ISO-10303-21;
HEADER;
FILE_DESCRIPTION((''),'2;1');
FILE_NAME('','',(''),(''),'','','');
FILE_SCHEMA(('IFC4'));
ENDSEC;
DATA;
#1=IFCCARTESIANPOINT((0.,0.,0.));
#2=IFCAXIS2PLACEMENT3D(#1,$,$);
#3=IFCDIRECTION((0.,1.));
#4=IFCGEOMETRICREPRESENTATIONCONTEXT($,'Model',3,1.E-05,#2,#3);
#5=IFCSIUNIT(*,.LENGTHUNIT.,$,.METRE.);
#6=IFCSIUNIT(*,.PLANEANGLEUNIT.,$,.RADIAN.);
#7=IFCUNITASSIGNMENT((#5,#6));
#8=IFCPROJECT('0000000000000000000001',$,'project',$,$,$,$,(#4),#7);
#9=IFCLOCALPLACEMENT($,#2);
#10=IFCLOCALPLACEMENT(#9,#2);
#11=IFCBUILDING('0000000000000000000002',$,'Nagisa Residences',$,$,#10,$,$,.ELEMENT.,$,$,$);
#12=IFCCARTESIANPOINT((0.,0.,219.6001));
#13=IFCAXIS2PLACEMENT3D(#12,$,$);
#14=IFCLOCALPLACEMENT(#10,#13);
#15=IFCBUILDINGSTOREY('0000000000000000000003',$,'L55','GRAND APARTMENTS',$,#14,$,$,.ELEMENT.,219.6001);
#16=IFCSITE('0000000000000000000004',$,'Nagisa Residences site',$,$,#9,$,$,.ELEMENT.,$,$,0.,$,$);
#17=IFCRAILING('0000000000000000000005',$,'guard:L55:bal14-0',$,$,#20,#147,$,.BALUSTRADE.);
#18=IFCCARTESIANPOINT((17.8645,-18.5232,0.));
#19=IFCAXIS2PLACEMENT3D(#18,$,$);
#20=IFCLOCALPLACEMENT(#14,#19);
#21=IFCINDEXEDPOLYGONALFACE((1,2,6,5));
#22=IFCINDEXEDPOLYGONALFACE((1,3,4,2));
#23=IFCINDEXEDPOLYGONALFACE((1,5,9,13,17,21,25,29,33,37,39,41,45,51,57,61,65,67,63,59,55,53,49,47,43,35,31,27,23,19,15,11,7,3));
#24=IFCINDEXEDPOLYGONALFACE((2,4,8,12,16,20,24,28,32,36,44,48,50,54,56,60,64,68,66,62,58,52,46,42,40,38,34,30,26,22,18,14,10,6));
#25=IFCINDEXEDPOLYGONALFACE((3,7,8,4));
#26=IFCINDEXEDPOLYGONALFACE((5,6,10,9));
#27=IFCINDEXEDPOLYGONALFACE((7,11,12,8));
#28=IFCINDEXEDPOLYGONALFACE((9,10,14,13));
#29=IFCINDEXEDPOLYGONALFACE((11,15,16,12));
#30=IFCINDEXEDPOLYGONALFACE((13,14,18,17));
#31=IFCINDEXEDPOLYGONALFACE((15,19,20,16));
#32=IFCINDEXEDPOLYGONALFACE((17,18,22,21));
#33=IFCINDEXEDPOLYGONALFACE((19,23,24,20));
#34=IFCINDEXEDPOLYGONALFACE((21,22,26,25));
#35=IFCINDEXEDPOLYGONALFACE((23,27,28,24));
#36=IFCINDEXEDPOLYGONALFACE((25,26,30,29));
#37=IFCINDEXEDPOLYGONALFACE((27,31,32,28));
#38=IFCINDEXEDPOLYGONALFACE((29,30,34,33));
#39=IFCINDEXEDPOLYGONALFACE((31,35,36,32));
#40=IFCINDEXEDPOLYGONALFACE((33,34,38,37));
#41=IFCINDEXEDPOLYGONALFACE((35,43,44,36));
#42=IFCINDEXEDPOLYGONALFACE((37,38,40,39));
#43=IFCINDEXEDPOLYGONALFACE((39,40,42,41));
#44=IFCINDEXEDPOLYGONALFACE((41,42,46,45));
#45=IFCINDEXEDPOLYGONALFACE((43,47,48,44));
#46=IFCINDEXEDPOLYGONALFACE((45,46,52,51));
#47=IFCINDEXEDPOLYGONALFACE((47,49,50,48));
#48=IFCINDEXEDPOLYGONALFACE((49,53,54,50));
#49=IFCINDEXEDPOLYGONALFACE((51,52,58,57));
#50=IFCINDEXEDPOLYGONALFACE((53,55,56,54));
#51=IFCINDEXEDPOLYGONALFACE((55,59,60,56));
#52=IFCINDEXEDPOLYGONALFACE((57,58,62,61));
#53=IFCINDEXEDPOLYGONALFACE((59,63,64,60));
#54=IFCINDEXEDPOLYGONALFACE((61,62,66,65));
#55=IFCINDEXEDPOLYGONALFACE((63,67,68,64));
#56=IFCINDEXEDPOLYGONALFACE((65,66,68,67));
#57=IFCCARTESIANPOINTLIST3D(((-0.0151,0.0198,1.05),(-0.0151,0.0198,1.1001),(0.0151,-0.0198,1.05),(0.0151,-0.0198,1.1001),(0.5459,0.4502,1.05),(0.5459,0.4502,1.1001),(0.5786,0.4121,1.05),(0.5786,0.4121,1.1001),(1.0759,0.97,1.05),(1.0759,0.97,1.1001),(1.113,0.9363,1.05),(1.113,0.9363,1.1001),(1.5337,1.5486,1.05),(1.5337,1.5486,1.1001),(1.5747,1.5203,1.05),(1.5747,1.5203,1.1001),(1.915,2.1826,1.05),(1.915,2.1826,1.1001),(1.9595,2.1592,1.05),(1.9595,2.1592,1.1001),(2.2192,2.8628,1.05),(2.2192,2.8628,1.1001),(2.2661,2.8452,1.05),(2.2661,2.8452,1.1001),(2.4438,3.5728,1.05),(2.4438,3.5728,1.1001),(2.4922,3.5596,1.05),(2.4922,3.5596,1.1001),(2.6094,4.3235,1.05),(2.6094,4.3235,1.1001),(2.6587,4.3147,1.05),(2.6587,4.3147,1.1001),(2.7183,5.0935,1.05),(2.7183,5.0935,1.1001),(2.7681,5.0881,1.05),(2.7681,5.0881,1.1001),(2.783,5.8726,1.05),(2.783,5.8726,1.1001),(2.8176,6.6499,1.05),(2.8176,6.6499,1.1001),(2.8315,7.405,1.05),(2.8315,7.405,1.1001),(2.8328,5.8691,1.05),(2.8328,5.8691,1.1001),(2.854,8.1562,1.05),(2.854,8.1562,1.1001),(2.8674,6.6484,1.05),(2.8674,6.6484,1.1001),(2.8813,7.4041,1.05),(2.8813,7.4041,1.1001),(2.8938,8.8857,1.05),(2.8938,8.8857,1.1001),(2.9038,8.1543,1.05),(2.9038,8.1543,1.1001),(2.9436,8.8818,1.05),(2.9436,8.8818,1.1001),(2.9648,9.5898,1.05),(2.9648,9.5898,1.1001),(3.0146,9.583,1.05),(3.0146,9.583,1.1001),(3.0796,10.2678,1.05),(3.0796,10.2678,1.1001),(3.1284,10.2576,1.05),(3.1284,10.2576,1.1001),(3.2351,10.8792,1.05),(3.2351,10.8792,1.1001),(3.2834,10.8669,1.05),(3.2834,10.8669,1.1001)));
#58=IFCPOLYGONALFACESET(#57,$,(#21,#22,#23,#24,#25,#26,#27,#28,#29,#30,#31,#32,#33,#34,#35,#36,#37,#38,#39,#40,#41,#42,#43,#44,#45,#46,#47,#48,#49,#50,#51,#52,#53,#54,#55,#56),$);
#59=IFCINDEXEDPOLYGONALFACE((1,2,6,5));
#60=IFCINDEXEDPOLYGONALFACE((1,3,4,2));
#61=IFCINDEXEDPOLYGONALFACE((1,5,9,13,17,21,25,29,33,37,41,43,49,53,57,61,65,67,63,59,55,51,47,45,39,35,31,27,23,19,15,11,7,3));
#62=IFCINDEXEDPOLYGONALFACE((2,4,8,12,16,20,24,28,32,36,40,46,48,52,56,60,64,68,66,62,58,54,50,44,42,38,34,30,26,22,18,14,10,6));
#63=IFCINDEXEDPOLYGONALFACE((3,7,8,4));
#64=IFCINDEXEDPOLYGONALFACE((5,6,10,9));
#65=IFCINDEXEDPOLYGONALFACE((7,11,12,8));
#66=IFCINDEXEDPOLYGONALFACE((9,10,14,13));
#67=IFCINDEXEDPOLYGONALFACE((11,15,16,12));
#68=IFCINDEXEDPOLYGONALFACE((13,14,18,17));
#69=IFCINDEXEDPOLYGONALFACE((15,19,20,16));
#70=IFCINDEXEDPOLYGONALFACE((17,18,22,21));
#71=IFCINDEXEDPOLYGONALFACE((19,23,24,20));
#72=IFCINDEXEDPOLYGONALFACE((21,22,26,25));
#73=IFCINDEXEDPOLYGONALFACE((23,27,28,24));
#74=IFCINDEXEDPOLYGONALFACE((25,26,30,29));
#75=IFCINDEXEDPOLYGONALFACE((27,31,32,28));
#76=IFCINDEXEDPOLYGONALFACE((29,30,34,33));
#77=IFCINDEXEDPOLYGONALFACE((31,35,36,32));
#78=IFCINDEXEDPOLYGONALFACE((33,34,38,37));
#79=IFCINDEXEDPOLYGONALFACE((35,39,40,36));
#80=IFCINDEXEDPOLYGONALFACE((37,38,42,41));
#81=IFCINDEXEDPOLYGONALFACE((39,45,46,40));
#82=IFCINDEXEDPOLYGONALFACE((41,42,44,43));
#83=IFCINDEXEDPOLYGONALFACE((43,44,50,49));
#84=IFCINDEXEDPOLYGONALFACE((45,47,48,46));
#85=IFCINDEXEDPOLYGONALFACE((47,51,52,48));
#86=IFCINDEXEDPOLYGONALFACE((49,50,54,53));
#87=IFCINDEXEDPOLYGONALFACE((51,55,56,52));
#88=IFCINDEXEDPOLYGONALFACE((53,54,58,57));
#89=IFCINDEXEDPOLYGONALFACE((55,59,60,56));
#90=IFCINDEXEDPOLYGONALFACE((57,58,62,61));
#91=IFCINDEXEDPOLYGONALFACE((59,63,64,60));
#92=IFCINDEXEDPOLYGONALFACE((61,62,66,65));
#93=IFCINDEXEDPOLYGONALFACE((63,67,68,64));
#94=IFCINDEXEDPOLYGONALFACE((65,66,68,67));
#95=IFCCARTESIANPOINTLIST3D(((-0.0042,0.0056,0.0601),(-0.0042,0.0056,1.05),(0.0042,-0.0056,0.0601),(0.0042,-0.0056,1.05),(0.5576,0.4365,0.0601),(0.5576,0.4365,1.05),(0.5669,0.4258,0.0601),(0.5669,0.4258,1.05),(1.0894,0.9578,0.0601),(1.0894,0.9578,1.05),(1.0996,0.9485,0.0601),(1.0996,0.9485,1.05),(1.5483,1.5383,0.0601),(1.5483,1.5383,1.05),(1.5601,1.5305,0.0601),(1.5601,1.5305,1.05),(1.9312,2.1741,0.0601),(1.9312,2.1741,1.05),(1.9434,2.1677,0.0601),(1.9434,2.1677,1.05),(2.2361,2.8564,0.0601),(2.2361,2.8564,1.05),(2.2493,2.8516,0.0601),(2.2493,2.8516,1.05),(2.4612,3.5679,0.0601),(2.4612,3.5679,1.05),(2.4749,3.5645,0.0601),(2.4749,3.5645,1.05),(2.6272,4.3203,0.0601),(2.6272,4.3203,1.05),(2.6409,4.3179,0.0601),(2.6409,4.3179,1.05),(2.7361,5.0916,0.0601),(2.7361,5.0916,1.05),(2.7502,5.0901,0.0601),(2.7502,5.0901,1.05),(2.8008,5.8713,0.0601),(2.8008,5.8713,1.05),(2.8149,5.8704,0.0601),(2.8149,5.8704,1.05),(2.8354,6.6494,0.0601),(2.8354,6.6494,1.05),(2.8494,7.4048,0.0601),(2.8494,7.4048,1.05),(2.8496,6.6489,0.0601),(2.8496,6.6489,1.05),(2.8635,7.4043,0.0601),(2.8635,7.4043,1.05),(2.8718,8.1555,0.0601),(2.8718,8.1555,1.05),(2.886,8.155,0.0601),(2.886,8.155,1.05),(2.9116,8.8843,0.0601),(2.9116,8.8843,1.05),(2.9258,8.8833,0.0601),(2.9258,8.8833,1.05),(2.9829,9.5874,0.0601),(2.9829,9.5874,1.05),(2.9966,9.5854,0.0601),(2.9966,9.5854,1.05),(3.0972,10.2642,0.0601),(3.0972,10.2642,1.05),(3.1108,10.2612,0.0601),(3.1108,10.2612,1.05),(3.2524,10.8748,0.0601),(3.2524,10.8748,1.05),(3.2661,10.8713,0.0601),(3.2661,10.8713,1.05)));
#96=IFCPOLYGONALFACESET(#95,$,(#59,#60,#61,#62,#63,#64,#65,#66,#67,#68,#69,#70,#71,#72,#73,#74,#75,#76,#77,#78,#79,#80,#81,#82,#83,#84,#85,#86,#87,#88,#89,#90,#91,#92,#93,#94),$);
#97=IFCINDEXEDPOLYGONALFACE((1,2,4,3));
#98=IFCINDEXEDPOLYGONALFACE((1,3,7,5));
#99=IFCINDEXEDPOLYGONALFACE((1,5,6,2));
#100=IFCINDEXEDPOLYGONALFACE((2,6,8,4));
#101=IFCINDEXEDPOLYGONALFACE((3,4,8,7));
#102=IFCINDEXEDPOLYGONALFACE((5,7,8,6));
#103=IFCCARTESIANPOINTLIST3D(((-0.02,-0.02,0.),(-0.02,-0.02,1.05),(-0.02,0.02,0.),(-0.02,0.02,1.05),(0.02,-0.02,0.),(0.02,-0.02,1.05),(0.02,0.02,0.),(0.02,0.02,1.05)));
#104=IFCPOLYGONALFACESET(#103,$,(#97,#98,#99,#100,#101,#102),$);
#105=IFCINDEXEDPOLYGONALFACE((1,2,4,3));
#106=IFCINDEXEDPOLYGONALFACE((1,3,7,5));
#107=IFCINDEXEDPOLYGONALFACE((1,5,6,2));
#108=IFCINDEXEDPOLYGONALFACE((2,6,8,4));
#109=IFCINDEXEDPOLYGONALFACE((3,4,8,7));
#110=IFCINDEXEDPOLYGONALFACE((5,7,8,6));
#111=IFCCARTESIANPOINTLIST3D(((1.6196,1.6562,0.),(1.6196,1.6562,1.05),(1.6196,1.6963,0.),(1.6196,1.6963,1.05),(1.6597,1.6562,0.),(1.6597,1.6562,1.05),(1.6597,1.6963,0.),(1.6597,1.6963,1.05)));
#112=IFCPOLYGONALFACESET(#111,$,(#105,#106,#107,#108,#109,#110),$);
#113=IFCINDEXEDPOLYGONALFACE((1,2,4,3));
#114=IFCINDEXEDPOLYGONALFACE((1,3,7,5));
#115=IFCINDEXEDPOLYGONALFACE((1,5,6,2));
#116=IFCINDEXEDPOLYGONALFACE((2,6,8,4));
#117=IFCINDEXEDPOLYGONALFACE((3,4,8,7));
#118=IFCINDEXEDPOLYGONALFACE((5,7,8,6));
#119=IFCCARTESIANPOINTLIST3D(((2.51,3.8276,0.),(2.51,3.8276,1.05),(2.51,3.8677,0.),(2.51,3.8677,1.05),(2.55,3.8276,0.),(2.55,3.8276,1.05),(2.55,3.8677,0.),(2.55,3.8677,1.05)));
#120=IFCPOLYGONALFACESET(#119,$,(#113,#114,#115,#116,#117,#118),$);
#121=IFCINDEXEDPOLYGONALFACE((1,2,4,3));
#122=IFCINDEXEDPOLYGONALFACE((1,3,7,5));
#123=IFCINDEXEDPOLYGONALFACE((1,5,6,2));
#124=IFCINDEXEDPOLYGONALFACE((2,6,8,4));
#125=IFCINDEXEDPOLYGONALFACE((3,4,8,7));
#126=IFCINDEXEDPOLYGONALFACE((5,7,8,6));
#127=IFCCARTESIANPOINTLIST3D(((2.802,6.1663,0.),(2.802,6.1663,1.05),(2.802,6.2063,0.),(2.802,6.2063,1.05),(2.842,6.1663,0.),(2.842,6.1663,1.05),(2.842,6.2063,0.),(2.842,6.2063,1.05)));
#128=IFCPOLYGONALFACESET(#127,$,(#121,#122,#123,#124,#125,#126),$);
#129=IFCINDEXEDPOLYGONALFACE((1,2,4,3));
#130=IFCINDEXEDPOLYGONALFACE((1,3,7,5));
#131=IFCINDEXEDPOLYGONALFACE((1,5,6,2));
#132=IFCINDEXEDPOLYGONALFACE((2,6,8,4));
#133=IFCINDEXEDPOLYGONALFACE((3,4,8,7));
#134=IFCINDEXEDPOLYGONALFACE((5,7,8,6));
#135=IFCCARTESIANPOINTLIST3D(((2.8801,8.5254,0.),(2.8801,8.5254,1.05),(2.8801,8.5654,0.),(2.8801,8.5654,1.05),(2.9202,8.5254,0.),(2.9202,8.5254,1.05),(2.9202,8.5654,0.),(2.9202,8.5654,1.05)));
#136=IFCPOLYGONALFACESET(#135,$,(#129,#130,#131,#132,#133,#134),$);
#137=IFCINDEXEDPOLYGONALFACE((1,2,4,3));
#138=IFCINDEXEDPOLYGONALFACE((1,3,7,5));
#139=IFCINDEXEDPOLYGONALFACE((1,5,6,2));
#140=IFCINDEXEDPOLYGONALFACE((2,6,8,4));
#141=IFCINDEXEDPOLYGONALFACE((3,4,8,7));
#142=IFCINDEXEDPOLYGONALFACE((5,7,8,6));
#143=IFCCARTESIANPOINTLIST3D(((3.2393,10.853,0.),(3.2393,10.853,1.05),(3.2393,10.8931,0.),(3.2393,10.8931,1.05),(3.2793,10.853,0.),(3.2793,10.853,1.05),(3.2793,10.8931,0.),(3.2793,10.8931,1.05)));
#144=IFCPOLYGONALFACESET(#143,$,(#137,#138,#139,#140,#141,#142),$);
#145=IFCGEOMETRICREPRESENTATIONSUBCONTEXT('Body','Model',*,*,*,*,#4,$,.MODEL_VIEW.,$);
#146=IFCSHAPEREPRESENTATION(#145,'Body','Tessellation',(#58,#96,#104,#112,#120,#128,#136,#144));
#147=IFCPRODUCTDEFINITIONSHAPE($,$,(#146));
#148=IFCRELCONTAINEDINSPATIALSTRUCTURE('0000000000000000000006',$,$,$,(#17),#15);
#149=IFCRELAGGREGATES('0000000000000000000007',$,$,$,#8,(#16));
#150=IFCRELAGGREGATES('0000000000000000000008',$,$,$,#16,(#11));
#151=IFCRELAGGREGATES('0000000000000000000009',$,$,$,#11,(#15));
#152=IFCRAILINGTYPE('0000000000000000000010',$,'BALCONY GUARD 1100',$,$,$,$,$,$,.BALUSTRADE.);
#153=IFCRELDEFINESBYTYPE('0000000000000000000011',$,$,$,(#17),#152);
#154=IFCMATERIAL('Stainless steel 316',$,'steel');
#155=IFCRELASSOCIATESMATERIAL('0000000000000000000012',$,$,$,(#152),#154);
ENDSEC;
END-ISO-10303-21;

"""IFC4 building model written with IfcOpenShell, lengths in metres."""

from ifc_helpers import new_model, si_unit, direction, frame, origin, origin_2d, place, context, subcontext, project, spatial, polyline, rectangle, outline, extrude, material, type_object, element, save


model = new_model("IFC4")

# Units and contexts
model_context = context("Model", 3, precision=1e-05, world=origin(), true_north=direction((0.0, 1.0)))
body_context = subcontext(model_context, "Body", "Model", "MODEL_VIEW")
ifc_project = project(units=[si_unit("LENGTHUNIT", "METRE"), si_unit("PLANEANGLEUNIT", "RADIAN")], contexts=[model_context])

# Site, building, storey
site_placement = place(None, origin())
site = spatial("IfcSite", under=ifc_project, at=site_placement, Name="Nagisa Residences site", CompositionType="ELEMENT", RefElevation=0.0)
building_placement = place(site_placement, origin())
building = spatial("IfcBuilding", under=site, at=building_placement, Name="Nagisa Residences", CompositionType="ELEMENT")
storey_placement = place(building_placement, frame((0.0, 0.0, 219.6001)))
storey = spatial("IfcBuildingStorey", under=building, at=storey_placement, Name="L55", Description="GRAND APARTMENTS", CompositionType="ELEMENT", Elevation=219.6001)

# Railing
ifc_material_1 = material(Name="Stainless steel 316", Category="steel")
railing_type = type_object("IfcRailingType", Name="BALCONY GUARD 1100", PredefinedType="BALUSTRADE", material=ifc_material_1)
railing_1_placement = place(storey_placement, frame((17.8645, -18.5232, 0.0)))
element("IfcRailing", 1, at=railing_1_placement, inside=storey, type_object=railing_type, Name="guard:L55:bal14-0", PredefinedType="BALUSTRADE", context=body_context, shape_type="SweptSolid", body=[
    extrude(outline(polyline([(0.5459, 0.4502), (-0.0151, 0.0198), (0.0151, -0.0198), (0.5786, 0.4121), (1.113, 0.9363), (1.5747, 1.5203), (1.9595, 2.1592), (2.2661, 2.8452), (2.4922, 3.5596), (2.6587, 4.3147), (2.7681, 5.0881), (2.8328, 5.8691), (2.8674, 6.6484), (2.8813, 7.4041), (2.9038, 8.1543), (2.9436, 8.8818), (3.0146, 9.583), (3.1284, 10.2576), (3.2834, 10.8669), (3.2351, 10.8792), (3.0796, 10.2678), (2.9648, 9.5898), (2.8938, 8.8857), (2.854, 8.1562), (2.8315, 7.405), (2.8176, 6.6499), (2.783, 5.8726), (2.7183, 5.0935), (2.6094, 4.3235), (2.4438, 3.5728), (2.2192, 2.8628), (1.915, 2.1826), (1.5337, 1.5486), (1.0759, 0.97), (0.5459, 0.4502)])), frame((0.0, 0.0, 1.05)), (0.0, 0.0, 1.0), 0.05),
    extrude(outline(polyline([(0.5576, 0.4365), (-0.0042, 0.0056), (0.0042, -0.0056), (0.5669, 0.4258), (1.0996, 0.9485), (1.5601, 1.5305), (1.9434, 2.1677), (2.2493, 2.8516), (2.4749, 3.5645), (2.6409, 4.3179), (2.7502, 5.0901), (2.8149, 5.8704), (2.8496, 6.6489), (2.8635, 7.4043), (2.886, 8.155), (2.9258, 8.8833), (2.9966, 9.5854), (3.1108, 10.2612), (3.2661, 10.8713), (3.2524, 10.8748), (3.0972, 10.2642), (2.9829, 9.5874), (2.9116, 8.8843), (2.8718, 8.1555), (2.8494, 7.4048), (2.8354, 6.6494), (2.8008, 5.8713), (2.7361, 5.0916), (2.6272, 4.3203), (2.4612, 3.5679), (2.2361, 2.8564), (1.9312, 2.1741), (1.5483, 1.5383), (1.0894, 0.9578), (0.5576, 0.4365)])), frame((0.0, 0.0, 0.0601)), (0.0, 0.0, 1.0), 0.99),
    extrude(rectangle(XDim=0.04, YDim=0.04, at=origin_2d()), origin(), (0.0, 0.0, 1.0), 1.05),
    extrude(rectangle(XDim=0.04, YDim=0.04, at=origin_2d()), frame((1.6396, 1.6763, 0.0)), (0.0, 0.0, 1.0), 1.05),
    extrude(rectangle(XDim=0.04, YDim=0.04, at=origin_2d()), frame((2.53, 3.8477, 0.0)), (0.0, 0.0, 1.0), 1.05),
    extrude(rectangle(XDim=0.04, YDim=0.04, at=origin_2d()), frame((2.822, 6.1863, 0.0)), (0.0, 0.0, 1.0), 1.05),
    extrude(rectangle(XDim=0.04, YDim=0.04, at=origin_2d()), frame((2.9001, 8.5454, 0.0)), (0.0, 0.0, 1.0), 1.05),
    extrude(rectangle(XDim=0.04, YDim=0.04, at=origin_2d()), frame((3.2593, 10.873, 0.0)), (0.0, 0.0, 1.0), 1.05),
])

save(model, "model.ifc")
